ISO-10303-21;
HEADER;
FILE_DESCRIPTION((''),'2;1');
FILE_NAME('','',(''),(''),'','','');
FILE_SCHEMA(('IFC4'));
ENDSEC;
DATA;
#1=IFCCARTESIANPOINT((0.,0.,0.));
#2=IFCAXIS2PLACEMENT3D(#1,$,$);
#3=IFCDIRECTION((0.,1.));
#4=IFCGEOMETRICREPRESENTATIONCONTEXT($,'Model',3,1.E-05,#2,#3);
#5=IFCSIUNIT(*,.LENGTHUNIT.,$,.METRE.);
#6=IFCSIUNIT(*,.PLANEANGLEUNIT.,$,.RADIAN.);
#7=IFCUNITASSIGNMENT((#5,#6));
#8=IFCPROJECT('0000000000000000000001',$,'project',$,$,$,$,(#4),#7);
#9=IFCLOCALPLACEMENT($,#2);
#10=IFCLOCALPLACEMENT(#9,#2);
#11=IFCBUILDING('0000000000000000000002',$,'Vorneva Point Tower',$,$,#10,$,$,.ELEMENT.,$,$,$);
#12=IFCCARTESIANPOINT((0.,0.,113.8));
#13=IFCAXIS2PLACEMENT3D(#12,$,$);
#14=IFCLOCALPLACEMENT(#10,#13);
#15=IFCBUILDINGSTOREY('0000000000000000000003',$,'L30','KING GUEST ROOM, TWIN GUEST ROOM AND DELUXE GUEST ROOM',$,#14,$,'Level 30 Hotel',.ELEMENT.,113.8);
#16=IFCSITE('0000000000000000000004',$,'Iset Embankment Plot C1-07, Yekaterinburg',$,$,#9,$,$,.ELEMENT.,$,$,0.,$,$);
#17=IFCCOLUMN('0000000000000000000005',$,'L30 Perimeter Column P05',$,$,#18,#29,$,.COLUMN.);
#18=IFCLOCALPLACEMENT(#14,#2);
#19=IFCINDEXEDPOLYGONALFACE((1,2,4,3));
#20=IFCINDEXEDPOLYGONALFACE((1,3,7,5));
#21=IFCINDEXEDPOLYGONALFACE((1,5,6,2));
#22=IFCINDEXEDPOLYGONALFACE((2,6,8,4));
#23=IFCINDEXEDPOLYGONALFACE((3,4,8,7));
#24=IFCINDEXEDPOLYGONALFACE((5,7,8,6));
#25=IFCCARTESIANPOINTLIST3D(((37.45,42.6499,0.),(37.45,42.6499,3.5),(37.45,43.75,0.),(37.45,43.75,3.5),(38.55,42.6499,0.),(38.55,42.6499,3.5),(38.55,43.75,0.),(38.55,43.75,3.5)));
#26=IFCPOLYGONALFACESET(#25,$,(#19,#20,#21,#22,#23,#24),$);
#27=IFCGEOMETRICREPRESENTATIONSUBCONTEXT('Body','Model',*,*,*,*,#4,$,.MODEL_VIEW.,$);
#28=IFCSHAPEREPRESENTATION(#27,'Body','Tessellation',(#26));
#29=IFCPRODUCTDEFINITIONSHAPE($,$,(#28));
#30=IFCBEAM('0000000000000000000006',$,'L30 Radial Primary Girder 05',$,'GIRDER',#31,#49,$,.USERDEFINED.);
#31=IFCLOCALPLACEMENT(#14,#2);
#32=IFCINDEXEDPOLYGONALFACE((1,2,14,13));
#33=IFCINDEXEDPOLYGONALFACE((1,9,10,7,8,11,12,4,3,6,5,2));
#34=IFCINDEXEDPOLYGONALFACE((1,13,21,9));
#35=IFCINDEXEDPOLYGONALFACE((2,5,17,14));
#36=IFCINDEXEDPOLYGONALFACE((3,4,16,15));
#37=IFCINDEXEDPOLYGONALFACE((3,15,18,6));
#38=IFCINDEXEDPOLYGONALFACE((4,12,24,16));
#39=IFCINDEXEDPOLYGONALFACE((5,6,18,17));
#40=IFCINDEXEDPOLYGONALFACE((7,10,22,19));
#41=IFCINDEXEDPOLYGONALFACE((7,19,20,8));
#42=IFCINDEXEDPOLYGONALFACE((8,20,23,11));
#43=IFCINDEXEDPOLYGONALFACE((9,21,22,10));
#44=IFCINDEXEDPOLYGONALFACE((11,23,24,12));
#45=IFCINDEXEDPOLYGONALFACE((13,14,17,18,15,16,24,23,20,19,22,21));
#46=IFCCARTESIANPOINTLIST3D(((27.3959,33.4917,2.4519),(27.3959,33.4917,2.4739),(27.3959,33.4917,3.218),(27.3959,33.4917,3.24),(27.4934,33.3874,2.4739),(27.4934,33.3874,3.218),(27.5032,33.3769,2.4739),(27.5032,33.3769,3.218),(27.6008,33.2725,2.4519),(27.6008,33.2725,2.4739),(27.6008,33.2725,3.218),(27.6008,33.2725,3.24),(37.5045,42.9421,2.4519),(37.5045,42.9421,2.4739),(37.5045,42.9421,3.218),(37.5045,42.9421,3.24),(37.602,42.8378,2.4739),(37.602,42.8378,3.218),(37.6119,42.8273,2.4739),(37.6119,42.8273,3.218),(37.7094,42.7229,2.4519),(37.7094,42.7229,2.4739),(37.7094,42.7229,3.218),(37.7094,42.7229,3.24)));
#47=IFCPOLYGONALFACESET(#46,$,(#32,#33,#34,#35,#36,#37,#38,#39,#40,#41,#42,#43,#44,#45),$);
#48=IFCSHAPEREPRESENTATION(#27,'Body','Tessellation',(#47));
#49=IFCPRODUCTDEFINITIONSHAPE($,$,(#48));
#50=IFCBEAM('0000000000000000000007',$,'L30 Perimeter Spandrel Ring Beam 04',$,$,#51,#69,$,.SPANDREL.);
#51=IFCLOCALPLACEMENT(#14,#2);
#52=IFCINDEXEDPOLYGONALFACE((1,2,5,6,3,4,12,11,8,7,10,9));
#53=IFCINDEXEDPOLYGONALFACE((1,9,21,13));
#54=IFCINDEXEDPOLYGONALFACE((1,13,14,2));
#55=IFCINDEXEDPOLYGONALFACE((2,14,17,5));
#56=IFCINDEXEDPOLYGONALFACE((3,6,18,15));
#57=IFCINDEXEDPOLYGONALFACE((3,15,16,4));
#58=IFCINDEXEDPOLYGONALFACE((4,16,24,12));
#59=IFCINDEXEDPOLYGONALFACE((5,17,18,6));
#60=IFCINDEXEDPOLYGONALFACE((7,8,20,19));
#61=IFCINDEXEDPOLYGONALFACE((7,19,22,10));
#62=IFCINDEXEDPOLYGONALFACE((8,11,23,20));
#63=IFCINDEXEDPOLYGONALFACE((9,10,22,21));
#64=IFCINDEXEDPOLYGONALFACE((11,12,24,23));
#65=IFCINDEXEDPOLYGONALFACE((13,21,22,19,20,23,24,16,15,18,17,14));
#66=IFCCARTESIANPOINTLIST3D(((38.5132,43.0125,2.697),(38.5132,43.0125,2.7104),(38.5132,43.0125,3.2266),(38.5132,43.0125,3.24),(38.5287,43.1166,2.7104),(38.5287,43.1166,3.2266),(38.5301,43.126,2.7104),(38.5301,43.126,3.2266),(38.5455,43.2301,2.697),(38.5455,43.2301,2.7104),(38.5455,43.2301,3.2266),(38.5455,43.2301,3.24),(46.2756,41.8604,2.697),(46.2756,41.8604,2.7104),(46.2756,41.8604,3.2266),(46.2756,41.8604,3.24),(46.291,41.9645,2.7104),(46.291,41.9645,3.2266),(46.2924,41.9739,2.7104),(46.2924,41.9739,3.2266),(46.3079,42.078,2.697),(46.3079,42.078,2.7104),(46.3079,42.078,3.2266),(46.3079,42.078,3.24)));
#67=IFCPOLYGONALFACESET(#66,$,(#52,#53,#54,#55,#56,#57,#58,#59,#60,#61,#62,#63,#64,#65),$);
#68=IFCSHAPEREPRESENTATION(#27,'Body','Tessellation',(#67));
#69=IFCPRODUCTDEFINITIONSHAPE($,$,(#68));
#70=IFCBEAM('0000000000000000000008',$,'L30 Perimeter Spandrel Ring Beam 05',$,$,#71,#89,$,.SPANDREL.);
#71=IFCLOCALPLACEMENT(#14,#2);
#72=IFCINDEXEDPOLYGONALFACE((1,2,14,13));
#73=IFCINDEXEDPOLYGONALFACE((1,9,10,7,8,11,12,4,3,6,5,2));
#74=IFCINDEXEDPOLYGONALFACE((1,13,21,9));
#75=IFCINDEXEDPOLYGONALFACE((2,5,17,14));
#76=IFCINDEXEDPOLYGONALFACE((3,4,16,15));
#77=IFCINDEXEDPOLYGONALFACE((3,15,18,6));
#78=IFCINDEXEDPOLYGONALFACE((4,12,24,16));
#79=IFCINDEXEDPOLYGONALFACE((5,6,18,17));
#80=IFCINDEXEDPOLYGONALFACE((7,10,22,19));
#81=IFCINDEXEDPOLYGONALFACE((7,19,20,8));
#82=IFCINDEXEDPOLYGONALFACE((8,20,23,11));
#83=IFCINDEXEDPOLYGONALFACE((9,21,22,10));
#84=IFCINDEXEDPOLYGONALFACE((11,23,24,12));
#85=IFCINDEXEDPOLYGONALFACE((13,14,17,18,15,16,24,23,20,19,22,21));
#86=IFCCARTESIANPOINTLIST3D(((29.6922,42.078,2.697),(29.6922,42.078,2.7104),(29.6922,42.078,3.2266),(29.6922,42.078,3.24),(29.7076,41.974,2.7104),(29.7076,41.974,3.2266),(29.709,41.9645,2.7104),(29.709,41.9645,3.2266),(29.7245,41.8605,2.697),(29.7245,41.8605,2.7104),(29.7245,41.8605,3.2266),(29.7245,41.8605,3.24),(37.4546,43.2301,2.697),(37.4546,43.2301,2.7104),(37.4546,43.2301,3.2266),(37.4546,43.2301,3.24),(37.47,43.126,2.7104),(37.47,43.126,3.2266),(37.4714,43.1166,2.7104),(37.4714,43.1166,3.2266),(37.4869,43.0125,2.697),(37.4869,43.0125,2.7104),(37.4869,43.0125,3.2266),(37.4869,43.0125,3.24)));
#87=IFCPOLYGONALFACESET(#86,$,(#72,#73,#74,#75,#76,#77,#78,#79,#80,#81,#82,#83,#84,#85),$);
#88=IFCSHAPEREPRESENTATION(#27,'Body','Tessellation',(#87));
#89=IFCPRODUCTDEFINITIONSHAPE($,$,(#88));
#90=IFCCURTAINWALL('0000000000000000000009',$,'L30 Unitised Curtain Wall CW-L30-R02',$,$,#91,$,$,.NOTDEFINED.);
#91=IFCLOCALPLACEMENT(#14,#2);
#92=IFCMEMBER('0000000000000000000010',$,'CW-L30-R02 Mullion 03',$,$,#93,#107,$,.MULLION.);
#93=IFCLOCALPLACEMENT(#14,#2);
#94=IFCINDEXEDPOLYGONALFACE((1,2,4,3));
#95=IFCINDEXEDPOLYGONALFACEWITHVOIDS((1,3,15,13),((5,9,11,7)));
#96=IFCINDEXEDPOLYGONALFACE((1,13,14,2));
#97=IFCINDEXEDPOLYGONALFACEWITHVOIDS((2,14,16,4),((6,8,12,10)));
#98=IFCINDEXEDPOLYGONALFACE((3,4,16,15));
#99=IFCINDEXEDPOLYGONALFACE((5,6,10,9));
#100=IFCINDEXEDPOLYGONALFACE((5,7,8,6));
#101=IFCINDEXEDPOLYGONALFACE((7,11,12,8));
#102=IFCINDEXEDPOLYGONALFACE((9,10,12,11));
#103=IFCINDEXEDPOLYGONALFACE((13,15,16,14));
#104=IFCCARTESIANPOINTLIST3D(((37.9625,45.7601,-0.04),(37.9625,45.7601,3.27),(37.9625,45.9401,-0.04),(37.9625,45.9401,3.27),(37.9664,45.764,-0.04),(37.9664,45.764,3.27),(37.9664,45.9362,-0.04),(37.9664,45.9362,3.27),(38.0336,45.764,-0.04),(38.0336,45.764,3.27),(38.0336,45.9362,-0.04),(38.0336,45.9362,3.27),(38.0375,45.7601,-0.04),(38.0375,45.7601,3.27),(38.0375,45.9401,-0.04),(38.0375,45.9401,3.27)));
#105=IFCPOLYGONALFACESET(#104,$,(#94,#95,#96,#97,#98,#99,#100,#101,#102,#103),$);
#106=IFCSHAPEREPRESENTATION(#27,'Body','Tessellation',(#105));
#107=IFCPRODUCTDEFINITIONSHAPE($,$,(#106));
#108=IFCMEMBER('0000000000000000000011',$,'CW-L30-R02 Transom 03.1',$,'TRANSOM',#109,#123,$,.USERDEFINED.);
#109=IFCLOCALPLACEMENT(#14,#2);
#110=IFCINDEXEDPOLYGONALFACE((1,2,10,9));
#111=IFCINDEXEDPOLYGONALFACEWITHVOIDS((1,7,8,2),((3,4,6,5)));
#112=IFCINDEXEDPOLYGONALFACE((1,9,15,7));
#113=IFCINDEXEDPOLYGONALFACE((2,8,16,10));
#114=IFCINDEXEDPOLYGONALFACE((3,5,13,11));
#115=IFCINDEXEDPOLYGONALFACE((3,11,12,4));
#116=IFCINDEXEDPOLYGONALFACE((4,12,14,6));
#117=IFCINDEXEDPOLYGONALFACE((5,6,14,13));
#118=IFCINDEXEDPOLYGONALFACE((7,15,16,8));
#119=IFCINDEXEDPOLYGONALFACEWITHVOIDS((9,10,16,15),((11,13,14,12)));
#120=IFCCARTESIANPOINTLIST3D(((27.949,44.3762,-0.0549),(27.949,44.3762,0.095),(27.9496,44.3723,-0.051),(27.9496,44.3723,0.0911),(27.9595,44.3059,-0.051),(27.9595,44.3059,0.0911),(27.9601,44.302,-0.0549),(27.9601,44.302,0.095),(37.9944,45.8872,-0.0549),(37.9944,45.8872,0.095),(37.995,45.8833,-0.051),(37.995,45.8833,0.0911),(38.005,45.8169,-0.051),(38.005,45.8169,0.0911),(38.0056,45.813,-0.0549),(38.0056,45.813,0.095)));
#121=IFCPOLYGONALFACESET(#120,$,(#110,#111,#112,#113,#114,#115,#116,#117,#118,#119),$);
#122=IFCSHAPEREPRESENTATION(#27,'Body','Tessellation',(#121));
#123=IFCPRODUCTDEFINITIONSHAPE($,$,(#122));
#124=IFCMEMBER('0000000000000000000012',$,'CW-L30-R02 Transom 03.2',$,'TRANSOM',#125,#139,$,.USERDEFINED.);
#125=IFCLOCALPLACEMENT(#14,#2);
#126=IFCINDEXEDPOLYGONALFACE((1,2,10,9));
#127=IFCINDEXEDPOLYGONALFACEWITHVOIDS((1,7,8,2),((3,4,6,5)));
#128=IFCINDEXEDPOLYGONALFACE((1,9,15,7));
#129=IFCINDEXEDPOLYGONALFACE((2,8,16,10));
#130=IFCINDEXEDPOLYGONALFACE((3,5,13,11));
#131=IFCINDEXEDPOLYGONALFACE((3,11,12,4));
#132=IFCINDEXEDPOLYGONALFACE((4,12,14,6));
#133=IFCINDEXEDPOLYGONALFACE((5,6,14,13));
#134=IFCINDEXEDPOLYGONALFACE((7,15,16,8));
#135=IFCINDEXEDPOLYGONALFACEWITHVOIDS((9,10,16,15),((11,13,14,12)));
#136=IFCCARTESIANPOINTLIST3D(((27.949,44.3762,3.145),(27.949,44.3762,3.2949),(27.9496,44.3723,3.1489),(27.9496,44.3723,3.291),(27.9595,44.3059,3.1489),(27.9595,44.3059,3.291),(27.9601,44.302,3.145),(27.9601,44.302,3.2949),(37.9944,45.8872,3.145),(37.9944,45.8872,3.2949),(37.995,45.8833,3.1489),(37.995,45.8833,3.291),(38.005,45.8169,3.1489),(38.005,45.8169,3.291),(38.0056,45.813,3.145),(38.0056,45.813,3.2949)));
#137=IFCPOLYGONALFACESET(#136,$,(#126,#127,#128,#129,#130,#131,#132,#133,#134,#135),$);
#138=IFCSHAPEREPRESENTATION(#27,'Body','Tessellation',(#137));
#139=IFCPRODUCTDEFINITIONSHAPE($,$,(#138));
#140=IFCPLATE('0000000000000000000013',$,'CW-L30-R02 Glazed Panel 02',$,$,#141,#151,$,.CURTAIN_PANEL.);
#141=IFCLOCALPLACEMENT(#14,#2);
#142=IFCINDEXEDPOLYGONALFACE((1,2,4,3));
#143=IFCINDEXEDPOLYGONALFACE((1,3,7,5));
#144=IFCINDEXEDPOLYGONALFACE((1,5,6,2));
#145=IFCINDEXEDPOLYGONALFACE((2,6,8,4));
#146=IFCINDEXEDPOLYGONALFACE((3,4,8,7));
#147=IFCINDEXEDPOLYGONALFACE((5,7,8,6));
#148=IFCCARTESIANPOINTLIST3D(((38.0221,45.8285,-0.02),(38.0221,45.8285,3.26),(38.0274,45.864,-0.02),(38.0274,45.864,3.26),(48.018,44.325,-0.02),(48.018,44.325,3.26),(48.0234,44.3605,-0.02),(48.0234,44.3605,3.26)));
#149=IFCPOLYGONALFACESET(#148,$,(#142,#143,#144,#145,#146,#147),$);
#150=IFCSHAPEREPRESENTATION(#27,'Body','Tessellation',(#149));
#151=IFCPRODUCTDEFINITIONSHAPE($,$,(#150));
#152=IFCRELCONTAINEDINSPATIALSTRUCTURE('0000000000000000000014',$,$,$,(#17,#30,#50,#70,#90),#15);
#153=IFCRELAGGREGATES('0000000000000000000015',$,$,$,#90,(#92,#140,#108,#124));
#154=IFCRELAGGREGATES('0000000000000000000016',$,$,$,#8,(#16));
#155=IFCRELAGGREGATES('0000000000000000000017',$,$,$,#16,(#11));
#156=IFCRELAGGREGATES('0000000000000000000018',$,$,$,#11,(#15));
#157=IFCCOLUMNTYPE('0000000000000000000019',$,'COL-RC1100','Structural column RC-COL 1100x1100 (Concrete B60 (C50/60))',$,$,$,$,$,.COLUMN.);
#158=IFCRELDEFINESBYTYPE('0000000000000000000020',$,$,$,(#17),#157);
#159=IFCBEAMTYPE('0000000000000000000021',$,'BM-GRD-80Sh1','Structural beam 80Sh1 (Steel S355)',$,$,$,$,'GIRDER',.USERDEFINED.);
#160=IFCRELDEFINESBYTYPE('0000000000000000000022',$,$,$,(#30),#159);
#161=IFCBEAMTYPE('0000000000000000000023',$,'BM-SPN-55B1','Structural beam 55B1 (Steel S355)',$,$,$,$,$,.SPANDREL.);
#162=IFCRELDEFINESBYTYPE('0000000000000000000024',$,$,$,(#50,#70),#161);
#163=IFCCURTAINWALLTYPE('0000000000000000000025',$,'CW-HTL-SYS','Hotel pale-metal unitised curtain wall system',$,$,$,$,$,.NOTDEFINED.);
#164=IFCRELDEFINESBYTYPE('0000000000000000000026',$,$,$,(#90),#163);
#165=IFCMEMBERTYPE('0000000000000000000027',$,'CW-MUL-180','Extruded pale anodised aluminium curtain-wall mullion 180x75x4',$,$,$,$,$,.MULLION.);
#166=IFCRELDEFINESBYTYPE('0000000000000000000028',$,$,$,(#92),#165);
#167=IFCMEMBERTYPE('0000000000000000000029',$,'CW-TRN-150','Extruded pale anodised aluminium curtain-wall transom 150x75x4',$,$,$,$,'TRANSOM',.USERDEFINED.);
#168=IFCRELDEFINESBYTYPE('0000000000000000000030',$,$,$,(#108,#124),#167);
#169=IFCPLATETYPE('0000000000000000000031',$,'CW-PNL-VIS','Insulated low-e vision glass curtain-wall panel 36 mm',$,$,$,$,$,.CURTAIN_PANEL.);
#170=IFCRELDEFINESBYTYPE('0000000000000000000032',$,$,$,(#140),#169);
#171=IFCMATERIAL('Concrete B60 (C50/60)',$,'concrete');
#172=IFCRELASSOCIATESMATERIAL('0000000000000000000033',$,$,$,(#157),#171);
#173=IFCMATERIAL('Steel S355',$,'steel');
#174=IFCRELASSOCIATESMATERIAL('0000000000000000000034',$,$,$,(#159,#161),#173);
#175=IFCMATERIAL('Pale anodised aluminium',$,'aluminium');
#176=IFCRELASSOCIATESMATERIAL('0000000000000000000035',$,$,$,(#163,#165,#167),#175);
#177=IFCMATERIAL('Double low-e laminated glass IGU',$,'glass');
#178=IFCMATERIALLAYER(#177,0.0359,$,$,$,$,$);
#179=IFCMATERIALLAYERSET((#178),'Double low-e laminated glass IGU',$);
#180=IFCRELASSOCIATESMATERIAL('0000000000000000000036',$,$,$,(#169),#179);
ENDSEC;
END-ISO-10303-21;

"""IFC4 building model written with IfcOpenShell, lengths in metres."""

from ifc_helpers import new_model, si_unit, direction, frame, origin, origin_2d, place, context, subcontext, project, spatial, rectangle, hollow_rectangle, i_section, extrude, material, layer, layer_set, material_profile, profile_set, type_object, element, aggregate, save


model = new_model("IFC4")

# Units and contexts
model_context = context("Model", 3, precision=1e-05, world=origin(), true_north=direction((0.0, 1.0)))
body_context = subcontext(model_context, "Body", "Model", "MODEL_VIEW")
ifc_project = project(units=[si_unit("LENGTHUNIT", "METRE"), si_unit("PLANEANGLEUNIT", "RADIAN")], contexts=[model_context])

# Site, building, storey
site_placement = place(None, origin())
site = spatial("IfcSite", under=ifc_project, at=site_placement, Name="Iset Embankment Plot C1-07, Yekaterinburg", CompositionType="ELEMENT", RefElevation=0.0)
building_placement = place(site_placement, origin())
building = spatial("IfcBuilding", under=site, at=building_placement, Name="Vorneva Point Tower", CompositionType="ELEMENT")
storey_placement = place(building_placement, frame((0.0, 0.0, 113.8)))
storey = spatial("IfcBuildingStorey", under=building, at=storey_placement, Name="L30", Description="KING GUEST ROOM, TWIN GUEST ROOM AND DELUXE GUEST ROOM", LongName="Level 30 Hotel", CompositionType="ELEMENT", Elevation=113.8)

# Column
ifc_material_1 = material(Name="Concrete B60 (C50/60)", Category="concrete")
ifc_material_profile_1 = material_profile(ifc_material_1, rectangle(XDim=1.1001, YDim=1.1001, at=origin_2d()), Name="RC-COL 1100x1100")
ifc_profile_set_1 = profile_set([ifc_material_profile_1], Name="Concrete B60 (C50/60)")
column_type = type_object("IfcColumnType", Name="COL-RC1100", Description="Structural column RC-COL 1100x1100 (Concrete B60 (C50/60))", PredefinedType="COLUMN", material=ifc_profile_set_1)
column_placement = place(storey_placement, frame((38.0, 43.2, 0.0), z_axis=(0.0, 0.0, 1.0), x_axis=(0.0, 1.0, 0.0)))
element("IfcColumn", 1, at=column_placement, inside=storey, type_object=column_type, Name="L30 Perimeter Column P05", PredefinedType="COLUMN", context=body_context, shape_type="SweptSolid", body=[
    extrude(rectangle(XDim=1.1001, YDim=1.1001, at=origin_2d()), origin(), (0.0, 0.0, 1.0), 3.5),
])

# Beams
ifc_material_2 = material(Name="Steel S355", Category="steel")
ifc_material_profile_2 = material_profile(ifc_material_2, i_section(OverallWidth=0.3, OverallDepth=0.7881, WebThickness=0.0144, FlangeThickness=0.022, at=origin_2d()), Name="80Sh1")
ifc_profile_set_2 = profile_set([ifc_material_profile_2], Name="Steel S355")
beam_type_1 = type_object("IfcBeamType", Name="BM-GRD-80Sh1", Description="Structural beam 80Sh1 (Steel S355)", ElementType="GIRDER", PredefinedType="USERDEFINED", material=ifc_profile_set_2)
beam_placement = place(storey_placement, frame((37.6069, 42.8325, 2.8459), z_axis=(-0.730489, -0.682925, 0.0), x_axis=(0.682925, -0.730489, 0.0)))
element("IfcBeam", 2, at=beam_placement, inside=storey, type_object=beam_type_1, Name="L30 Radial Primary Girder 05", ObjectType="GIRDER", PredefinedType="USERDEFINED", context=body_context, shape_type="SweptSolid", body=[
    extrude(i_section(OverallWidth=0.3, OverallDepth=0.7881, WebThickness=0.0144, FlangeThickness=0.022, at=origin_2d()), origin(), (0.0, 0.0, 1.0), 13.8381),
])
ifc_material_profile_3 = material_profile(ifc_material_2, i_section(OverallWidth=0.22, OverallDepth=0.543, WebThickness=0.0095, FlangeThickness=0.0134, at=origin_2d()), Name="55B1")
ifc_profile_set_3 = profile_set([ifc_material_profile_3], Name="Steel S355")
beam_type_2 = type_object("IfcBeamType", Name="BM-SPN-55B1", Description="Structural beam 55B1 (Steel S355)", PredefinedType="SPANDREL", material=ifc_profile_set_3)
for number, where, z_axis, x_axis, name in (
    (3, (46.2917, 41.9692, 2.9685), (-0.989165, 0.146811, 0.0), (-0.146811, -0.989165, 0.0), "L30 Perimeter Spandrel Ring Beam 04"),
    (4, (37.4707, 43.1213, 2.9685), (-0.989165, -0.146811, 0.0), (0.146811, -0.989165, 0.0), "L30 Perimeter Spandrel Ring Beam 05"),
):
    element("IfcBeam", number, at=place(storey_placement, frame(where, z_axis=z_axis, x_axis=x_axis)), inside=storey, type_object=beam_type_2, Name=name, PredefinedType="SPANDREL", context=body_context, shape_type="SweptSolid", body=[
        extrude(i_section(OverallWidth=0.22, OverallDepth=0.543, WebThickness=0.0095, FlangeThickness=0.0134, at=origin_2d()), origin(), (0.0, 0.0, 1.0), 7.8474),
    ])

# Curtain wall, members, plate
ifc_material_3 = material(Name="Pale anodised aluminium", Category="aluminium")
curtain_wall_type = type_object("IfcCurtainWallType", Name="CW-HTL-SYS", Description="Hotel pale-metal unitised curtain wall system", PredefinedType="NOTDEFINED", material=ifc_material_3)
curtain_wall_placement = place(storey_placement, origin())
curtain_wall = element("IfcCurtainWall", 5, at=curtain_wall_placement, inside=storey, type_object=curtain_wall_type, Name="L30 Unitised Curtain Wall CW-L30-R02", PredefinedType="NOTDEFINED")
ifc_material_profile_4 = material_profile(ifc_material_3, hollow_rectangle(XDim=0.075, YDim=0.1799, WallThickness=0.0039, at=origin_2d()), Name="AL-MUL 180x75x4")
ifc_profile_set_4 = profile_set([ifc_material_profile_4], Name="Pale anodised aluminium")
member_type_1 = type_object("IfcMemberType", Name="CW-MUL-180", Description="Extruded pale anodised aluminium curtain-wall mullion 180x75x4", PredefinedType="MULLION", material=ifc_profile_set_4)
member_1_placement = place(storey_placement, frame((38.0, 45.8501, -0.04), z_axis=(0.0, 0.0, 1.0), x_axis=(1.0, 0.0, 0.0)))
member_1 = element("IfcMember", 6, at=member_1_placement, type_object=member_type_1, Name="CW-L30-R02 Mullion 03", PredefinedType="MULLION", context=body_context, shape_type="SweptSolid", body=[
    extrude(hollow_rectangle(XDim=0.075, YDim=0.1799, WallThickness=0.0039, at=origin_2d()), origin(), (0.0, 0.0, 1.0), 3.3101),
])
ifc_material_profile_5 = material_profile(ifc_material_3, hollow_rectangle(XDim=0.075, YDim=0.1499, WallThickness=0.0039, at=origin_2d()), Name="AL-TRN 150x75x4")
ifc_profile_set_5 = profile_set([ifc_material_profile_5], Name="Pale anodised aluminium")
member_type_2 = type_object("IfcMemberType", Name="CW-TRN-150", Description="Extruded pale anodised aluminium curtain-wall transom 150x75x4", ElementType="TRANSOM", PredefinedType="USERDEFINED", material=ifc_profile_set_5)
member_2_placement = place(storey_placement, frame((38.0, 45.8501, 0.02), z_axis=(-0.988876, -0.148742, 0.0), x_axis=(0.148742, -0.988876, 0.0)))
member_2 = element("IfcMember", 7, at=member_2_placement, type_object=member_type_2, Name="CW-L30-R02 Transom 03.1", ObjectType="TRANSOM", PredefinedType="USERDEFINED", context=body_context, shape_type="SweptSolid", body=[
    extrude(hollow_rectangle(XDim=0.075, YDim=0.1499, WallThickness=0.0039, at=origin_2d()), origin(), (0.0, 0.0, 1.0), 10.1584),
])
member_3_placement = place(storey_placement, frame((38.0, 45.8501, 3.22), z_axis=(-0.988876, -0.148742, 0.0), x_axis=(0.148742, -0.988876, 0.0)))
member_3 = element("IfcMember", 8, at=member_3_placement, type_object=member_type_2, Name="CW-L30-R02 Transom 03.2", ObjectType="TRANSOM", PredefinedType="USERDEFINED", context=body_context, shape_type="SweptSolid", body=[
    extrude(hollow_rectangle(XDim=0.075, YDim=0.1499, WallThickness=0.0039, at=origin_2d()), origin(), (0.0, 0.0, 1.0), 10.1584),
])
ifc_material_4 = material(Name="Double low-e laminated glass IGU", Category="glass")
ifc_layer_1 = layer(ifc_material_4, 0.0359)
ifc_layer_set_1 = layer_set([ifc_layer_1], Name="Double low-e laminated glass IGU")
plate_type = type_object("IfcPlateType", Name="CW-PNL-VIS", Description="Insulated low-e vision glass curtain-wall panel 36 mm", PredefinedType="CURTAIN_PANEL", material=ifc_layer_set_1)
plate_placement = place(storey_placement, frame((43.0227, 45.0945, -0.02), z_axis=(0.0, 0.0, 1.0), x_axis=(-0.988876, 0.148741, 0.0)))
plate = element("IfcPlate", 9, at=plate_placement, type_object=plate_type, Name="CW-L30-R02 Glazed Panel 02", PredefinedType="CURTAIN_PANEL", context=body_context, shape_type="SweptSolid", body=[
    extrude(rectangle(XDim=10.1084, YDim=0.0359, at=origin_2d()), origin(), (0.0, 0.0, 1.0), 3.28),
])
aggregate(curtain_wall, [member_1, plate, member_2, member_3])

save(model, "model.ifc")
